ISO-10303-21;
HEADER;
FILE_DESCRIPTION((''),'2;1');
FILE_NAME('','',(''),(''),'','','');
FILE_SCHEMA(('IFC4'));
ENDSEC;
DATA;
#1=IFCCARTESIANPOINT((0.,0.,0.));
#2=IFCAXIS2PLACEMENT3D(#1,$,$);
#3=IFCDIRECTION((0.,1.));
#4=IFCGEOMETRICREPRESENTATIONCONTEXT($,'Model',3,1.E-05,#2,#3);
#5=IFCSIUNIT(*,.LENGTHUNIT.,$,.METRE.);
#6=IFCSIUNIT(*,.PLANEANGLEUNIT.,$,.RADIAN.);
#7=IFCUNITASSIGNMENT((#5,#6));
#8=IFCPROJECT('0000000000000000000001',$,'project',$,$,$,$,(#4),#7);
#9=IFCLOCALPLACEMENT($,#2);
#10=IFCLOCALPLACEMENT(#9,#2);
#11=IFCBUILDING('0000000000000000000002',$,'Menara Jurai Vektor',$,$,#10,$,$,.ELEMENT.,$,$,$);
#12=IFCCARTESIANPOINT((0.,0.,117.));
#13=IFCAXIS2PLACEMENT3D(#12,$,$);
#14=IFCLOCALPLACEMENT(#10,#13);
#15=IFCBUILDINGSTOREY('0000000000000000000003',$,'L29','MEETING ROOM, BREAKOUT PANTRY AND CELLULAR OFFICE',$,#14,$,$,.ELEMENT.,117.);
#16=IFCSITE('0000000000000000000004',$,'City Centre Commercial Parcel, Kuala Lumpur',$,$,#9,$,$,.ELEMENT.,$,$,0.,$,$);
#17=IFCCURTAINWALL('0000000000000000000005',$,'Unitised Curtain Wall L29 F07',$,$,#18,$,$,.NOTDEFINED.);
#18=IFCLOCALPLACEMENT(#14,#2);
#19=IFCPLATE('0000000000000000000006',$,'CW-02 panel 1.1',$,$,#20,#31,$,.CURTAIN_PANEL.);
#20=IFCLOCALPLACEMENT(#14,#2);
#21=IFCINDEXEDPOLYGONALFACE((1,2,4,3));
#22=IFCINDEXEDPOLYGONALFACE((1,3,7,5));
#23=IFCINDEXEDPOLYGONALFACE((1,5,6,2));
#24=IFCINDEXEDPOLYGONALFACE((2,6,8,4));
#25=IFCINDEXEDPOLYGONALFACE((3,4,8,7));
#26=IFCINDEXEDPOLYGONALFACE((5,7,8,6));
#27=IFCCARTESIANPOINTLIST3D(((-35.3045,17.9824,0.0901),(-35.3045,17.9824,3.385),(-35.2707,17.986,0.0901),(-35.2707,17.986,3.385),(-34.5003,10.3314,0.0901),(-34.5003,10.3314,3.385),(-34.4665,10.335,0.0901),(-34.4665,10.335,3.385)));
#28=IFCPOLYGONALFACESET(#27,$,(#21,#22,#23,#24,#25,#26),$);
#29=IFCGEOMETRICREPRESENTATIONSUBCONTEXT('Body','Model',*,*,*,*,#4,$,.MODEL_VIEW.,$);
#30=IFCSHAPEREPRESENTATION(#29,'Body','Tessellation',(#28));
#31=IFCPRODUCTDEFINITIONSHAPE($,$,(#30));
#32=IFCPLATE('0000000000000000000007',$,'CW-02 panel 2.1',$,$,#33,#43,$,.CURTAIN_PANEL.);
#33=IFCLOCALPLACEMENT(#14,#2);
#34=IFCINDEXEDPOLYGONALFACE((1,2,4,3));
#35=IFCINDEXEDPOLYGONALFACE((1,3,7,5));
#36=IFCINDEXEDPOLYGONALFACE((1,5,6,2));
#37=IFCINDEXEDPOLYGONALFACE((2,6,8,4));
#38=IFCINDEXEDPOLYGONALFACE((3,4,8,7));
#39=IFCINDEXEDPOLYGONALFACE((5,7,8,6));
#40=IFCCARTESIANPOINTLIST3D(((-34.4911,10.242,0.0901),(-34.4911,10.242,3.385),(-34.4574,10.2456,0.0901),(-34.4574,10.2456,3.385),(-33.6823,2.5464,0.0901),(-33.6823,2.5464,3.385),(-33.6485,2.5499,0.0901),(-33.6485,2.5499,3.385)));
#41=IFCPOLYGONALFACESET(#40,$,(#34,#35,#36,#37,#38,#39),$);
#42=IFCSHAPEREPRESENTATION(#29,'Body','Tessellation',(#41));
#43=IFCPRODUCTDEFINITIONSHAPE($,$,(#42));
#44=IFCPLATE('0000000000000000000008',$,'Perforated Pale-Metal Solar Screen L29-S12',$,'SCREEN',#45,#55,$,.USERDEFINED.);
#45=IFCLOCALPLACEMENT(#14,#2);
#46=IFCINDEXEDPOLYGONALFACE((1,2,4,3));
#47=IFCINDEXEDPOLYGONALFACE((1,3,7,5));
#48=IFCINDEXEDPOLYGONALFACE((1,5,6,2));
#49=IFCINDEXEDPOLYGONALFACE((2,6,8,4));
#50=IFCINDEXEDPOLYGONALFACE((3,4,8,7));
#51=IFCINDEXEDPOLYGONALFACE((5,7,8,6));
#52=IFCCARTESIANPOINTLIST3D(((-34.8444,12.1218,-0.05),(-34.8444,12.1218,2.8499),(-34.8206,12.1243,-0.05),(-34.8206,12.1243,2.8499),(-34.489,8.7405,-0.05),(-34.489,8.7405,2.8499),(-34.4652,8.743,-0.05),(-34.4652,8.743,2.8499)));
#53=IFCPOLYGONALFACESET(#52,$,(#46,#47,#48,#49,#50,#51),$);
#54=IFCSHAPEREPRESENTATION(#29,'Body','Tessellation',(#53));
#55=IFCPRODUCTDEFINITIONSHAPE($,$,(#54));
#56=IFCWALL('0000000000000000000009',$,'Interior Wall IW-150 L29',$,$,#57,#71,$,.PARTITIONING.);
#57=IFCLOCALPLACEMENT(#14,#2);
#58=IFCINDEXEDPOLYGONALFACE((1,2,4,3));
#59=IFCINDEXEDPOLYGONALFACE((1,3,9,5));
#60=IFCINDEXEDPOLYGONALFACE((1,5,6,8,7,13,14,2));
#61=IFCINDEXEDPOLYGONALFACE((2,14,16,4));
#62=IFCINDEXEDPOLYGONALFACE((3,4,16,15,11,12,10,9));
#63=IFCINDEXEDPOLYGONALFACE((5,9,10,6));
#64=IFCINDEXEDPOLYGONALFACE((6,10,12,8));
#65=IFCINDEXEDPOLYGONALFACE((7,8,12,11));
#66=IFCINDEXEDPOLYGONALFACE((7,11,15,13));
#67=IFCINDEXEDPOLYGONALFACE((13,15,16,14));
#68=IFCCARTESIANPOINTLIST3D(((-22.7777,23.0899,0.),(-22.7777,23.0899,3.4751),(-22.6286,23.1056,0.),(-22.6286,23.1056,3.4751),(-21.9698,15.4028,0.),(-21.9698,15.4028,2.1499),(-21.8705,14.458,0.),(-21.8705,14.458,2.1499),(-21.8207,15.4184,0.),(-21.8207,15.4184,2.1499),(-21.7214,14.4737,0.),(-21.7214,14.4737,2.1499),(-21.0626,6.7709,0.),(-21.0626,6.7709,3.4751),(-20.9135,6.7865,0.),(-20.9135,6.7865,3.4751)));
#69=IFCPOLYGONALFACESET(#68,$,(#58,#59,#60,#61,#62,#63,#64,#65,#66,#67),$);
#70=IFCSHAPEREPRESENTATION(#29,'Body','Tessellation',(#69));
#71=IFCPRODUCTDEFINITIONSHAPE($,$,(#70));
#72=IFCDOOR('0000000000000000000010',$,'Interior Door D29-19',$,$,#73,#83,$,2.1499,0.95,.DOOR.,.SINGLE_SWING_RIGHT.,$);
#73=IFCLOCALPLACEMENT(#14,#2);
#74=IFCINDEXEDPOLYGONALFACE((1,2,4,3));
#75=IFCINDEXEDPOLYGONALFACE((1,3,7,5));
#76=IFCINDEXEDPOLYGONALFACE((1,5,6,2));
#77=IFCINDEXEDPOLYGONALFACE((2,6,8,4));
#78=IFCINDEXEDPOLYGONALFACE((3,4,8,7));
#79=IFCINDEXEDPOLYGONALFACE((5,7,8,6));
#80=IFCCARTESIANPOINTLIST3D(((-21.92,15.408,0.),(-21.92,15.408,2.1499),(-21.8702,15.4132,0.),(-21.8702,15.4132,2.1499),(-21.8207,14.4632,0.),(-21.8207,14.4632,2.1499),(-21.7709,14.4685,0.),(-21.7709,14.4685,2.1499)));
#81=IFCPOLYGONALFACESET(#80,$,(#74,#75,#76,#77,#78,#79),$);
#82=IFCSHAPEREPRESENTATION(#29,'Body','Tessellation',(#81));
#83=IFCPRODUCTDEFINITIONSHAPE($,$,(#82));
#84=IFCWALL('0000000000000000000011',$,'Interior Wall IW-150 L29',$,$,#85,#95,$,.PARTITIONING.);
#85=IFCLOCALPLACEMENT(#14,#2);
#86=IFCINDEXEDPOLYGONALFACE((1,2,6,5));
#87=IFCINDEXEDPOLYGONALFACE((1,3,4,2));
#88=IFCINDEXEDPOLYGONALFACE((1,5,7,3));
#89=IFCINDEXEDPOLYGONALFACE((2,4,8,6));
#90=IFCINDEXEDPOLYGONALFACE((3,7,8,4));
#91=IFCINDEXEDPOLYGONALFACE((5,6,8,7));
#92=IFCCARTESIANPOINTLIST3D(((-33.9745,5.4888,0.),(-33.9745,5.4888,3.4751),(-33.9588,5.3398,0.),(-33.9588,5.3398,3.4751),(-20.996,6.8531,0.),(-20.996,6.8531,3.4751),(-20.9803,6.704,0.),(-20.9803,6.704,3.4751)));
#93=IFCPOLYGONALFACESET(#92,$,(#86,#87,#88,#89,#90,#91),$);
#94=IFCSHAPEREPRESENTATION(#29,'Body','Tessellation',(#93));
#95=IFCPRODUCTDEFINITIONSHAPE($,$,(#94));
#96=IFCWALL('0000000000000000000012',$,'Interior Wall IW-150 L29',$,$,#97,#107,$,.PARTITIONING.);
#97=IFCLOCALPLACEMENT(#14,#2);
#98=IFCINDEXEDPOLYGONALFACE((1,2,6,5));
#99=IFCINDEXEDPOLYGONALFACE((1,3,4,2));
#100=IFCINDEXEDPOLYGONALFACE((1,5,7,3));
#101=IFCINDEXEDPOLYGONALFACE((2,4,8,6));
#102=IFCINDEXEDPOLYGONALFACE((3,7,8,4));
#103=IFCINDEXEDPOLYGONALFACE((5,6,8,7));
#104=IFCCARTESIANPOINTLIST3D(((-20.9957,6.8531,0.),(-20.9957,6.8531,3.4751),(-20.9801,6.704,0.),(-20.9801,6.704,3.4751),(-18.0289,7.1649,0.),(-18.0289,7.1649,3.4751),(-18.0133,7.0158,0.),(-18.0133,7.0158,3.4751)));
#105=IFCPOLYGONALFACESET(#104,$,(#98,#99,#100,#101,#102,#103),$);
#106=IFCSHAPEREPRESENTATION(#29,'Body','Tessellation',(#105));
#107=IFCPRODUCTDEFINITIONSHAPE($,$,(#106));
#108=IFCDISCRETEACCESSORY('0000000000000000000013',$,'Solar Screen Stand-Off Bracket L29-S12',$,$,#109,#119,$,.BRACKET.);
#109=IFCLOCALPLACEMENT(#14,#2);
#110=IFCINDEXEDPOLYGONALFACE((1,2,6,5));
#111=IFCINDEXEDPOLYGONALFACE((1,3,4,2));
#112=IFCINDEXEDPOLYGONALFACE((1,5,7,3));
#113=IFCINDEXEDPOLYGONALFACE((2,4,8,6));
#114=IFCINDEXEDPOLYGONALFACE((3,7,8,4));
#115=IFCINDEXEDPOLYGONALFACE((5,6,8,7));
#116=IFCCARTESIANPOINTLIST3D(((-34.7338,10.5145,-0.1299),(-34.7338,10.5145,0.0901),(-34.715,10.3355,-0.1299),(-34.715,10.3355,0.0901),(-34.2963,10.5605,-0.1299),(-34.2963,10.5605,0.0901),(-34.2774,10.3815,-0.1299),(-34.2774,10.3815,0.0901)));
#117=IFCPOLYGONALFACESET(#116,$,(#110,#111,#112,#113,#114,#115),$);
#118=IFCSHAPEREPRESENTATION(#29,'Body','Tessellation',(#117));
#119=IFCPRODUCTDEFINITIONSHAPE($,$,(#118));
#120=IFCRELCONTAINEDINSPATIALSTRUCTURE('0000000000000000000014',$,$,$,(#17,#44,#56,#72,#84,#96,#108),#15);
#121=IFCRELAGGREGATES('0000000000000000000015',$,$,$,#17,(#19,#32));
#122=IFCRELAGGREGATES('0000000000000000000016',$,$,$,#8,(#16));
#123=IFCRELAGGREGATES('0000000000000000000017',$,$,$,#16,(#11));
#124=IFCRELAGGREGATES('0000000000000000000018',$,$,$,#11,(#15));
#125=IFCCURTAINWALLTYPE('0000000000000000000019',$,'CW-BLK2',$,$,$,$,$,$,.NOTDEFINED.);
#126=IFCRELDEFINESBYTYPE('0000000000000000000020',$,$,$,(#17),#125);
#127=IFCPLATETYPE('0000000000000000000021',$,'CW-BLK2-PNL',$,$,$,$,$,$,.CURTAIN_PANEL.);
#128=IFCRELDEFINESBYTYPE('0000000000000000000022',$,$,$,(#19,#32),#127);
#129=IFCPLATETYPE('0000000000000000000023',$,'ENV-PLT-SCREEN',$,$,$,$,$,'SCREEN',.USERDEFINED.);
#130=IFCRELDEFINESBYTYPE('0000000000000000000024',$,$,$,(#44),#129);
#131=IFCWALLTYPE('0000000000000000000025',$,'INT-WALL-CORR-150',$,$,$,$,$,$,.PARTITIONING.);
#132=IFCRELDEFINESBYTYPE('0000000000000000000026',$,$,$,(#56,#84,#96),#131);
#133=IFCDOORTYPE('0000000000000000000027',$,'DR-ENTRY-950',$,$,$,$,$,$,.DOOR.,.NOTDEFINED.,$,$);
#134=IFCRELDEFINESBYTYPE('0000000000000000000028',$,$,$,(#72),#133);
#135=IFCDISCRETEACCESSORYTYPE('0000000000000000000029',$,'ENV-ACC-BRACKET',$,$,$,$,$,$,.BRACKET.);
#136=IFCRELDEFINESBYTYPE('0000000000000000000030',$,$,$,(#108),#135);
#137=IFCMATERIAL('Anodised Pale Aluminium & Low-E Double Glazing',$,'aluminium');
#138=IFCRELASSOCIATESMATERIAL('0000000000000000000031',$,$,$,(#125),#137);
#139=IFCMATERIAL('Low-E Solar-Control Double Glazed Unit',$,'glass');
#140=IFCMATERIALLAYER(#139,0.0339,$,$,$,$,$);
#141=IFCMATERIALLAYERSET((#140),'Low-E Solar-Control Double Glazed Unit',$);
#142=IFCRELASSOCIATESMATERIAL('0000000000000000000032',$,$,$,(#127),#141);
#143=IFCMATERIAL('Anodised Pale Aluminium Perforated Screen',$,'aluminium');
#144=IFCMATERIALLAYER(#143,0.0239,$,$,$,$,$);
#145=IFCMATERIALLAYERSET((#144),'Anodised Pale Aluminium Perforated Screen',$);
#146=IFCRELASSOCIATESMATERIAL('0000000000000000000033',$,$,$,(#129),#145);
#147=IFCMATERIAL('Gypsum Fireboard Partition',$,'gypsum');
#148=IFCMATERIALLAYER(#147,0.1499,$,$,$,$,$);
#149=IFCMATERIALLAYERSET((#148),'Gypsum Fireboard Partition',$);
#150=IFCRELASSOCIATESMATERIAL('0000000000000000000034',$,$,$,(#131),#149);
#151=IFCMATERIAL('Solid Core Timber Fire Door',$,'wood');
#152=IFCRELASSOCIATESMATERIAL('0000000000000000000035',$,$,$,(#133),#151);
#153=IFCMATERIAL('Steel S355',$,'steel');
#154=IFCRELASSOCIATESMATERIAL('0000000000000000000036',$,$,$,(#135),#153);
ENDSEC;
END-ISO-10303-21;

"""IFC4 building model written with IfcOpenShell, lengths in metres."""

from ifc_helpers import new_model, si_unit, direction, frame, frame_2d, origin, origin_2d, place, context, subcontext, project, spatial, rectangle, extrude, material, layer, layer_set, type_object, element, fill, aggregate, save


model = new_model("IFC4")

# Units and contexts
model_context = context("Model", 3, precision=1e-05, world=origin(), true_north=direction((0.0, 1.0)))
body_context = subcontext(model_context, "Body", "Model", "MODEL_VIEW")
ifc_project = project(units=[si_unit("LENGTHUNIT", "METRE"), si_unit("PLANEANGLEUNIT", "RADIAN")], contexts=[model_context])

# Site, building, storey
site_placement = place(None, origin())
site = spatial("IfcSite", under=ifc_project, at=site_placement, Name="City Centre Commercial Parcel, Kuala Lumpur", CompositionType="ELEMENT", RefElevation=0.0)
building_placement = place(site_placement, origin())
building = spatial("IfcBuilding", under=site, at=building_placement, Name="Menara Jurai Vektor", CompositionType="ELEMENT")
storey_placement = place(building_placement, frame((0.0, 0.0, 117.0)))
storey = spatial("IfcBuildingStorey", under=building, at=storey_placement, Name="L29", Description="MEETING ROOM, BREAKOUT PANTRY AND CELLULAR OFFICE", CompositionType="ELEMENT", Elevation=117.0)

# Curtain wall
ifc_material_1 = material(Name="Anodised Pale Aluminium & Low-E Double Glazing", Category="aluminium")
curtain_wall_type = type_object("IfcCurtainWallType", Name="CW-BLK2", PredefinedType="NOTDEFINED", material=ifc_material_1)
curtain_wall_placement = place(storey_placement, origin())
curtain_wall = element("IfcCurtainWall", 1, at=curtain_wall_placement, inside=storey, type_object=curtain_wall_type, Name="Unitised Curtain Wall L29 F07", PredefinedType="NOTDEFINED")

# Shared definitions
ifc_material_2 = material(Name="Steel S355", Category="steel")

# Plates
ifc_material_3 = material(Name="Low-E Solar-Control Double Glazed Unit", Category="glass")
ifc_layer_1 = layer(ifc_material_3, 0.0339)
ifc_layer_set_1 = layer_set([ifc_layer_1], Name="Low-E Solar-Control Double Glazed Unit")
plate_type_1 = type_object("IfcPlateType", Name="CW-BLK2-PNL", PredefinedType="CURTAIN_PANEL", material=ifc_layer_set_1)
plate_1_placement = place(storey_placement, frame((-34.8855, 14.1587, 0.0901), z_axis=(0.0, 0.0, 1.0), x_axis=(0.10453, -0.994522, 0.0)))
plate_1 = element("IfcPlate", 2, at=plate_1_placement, type_object=plate_type_1, Name="CW-02 panel 1.1", PredefinedType="CURTAIN_PANEL", context=body_context, shape_type="SweptSolid", body=[
    extrude(rectangle(XDim=7.6931, YDim=0.0339, at=origin_2d()), origin(), (0.0, 0.0, 1.0), 3.2949),
])
plate_2_placement = place(storey_placement, frame((-34.0698, 6.396, 0.0901), z_axis=(0.0, 0.0, 1.0), x_axis=(0.10453, -0.994522, 0.0)))
plate_2 = element("IfcPlate", 3, at=plate_2_placement, type_object=plate_type_1, Name="CW-02 panel 2.1", PredefinedType="CURTAIN_PANEL", context=body_context, shape_type="SweptSolid", body=[
    extrude(rectangle(XDim=7.738, YDim=0.0339, at=origin_2d()), origin(), (0.0, 0.0, 1.0), 3.2949),
])
aggregate(curtain_wall, [plate_1, plate_2])
ifc_material_4 = material(Name="Anodised Pale Aluminium Perforated Screen", Category="aluminium")
ifc_layer_2 = layer(ifc_material_4, 0.0239)
ifc_layer_set_2 = layer_set([ifc_layer_2], Name="Anodised Pale Aluminium Perforated Screen")
plate_type_2 = type_object("IfcPlateType", Name="ENV-PLT-SCREEN", ElementType="SCREEN", PredefinedType="USERDEFINED", material=ifc_layer_set_2)
plate_3_placement = place(storey_placement, frame((-34.6548, 10.4324, -0.05), z_axis=(0.0, 0.0, 1.0), x_axis=(0.104528, -0.994522, 0.0)))
element("IfcPlate", 4, at=plate_3_placement, inside=storey, type_object=plate_type_2, Name="Perforated Pale-Metal Solar Screen L29-S12", ObjectType="SCREEN", PredefinedType="USERDEFINED", context=body_context, shape_type="SweptSolid", body=[
    extrude(rectangle(XDim=3.3999, YDim=0.0239, at=origin_2d()), origin(), (0.0, 0.0, 1.0), 2.8999),
])

# Wall, opening, door
ifc_material_5 = material(Name="Gypsum Fireboard Partition", Category="gypsum")
ifc_layer_3 = layer(ifc_material_5, 0.1499)
ifc_layer_set_3 = layer_set([ifc_layer_3], Name="Gypsum Fireboard Partition")
wall_type = type_object("IfcWallType", Name="INT-WALL-CORR-150", PredefinedType="PARTITIONING", material=ifc_layer_set_3)
wall_1_placement = place(storey_placement, frame((-20.988, 6.7786, 0.0), z_axis=(0.0, 0.0, 1.0), x_axis=(-0.104521, 0.994523, 0.0)))
wall_1 = element("IfcWall", 5, at=wall_1_placement, inside=storey, type_object=wall_type, Name="Interior Wall IW-150 L29", PredefinedType="PARTITIONING", context=body_context, shape_type="SweptSolid", body=[
    extrude(rectangle(XDim=16.4089, YDim=0.1499, at=frame_2d((8.2046, 0.0))), origin(), (0.0, 0.0, 1.0), 3.4751),
])
opening_placement = place(wall_1_placement, frame((7.7295, 0.0, 0.0)))
opening = element("IfcOpeningElement", 6, at=opening_placement, cuts=wall_1, PredefinedType="OPENING", context=body_context, shape_type="SweptSolid", body=[
    extrude(rectangle(XDim=0.95, YDim=2.1499, at=frame_2d((0.4751, 1.075))), frame((0.0, 0.085, 0.0), z_axis=(0.0, -1.0, 0.0), x_axis=(1.0, 0.0, 0.0)), (0.0, 0.0, 1.0), 0.1699),
])
ifc_material_6 = material(Name="Solid Core Timber Fire Door", Category="wood")
door_type = type_object("IfcDoorType", Name="DR-ENTRY-950", OperationType="NOTDEFINED", PredefinedType="DOOR", material=ifc_material_6)
door_placement = place(opening_placement, origin())
door = element("IfcDoor", 7, at=door_placement, inside=storey, type_object=door_type, Name="Interior Door D29-19", OperationType="SINGLE_SWING_RIGHT", OverallHeight=2.1499, OverallWidth=0.95, PredefinedType="DOOR", context=body_context, shape_type="SweptSolid", body=[
    extrude(rectangle(XDim=0.95, YDim=2.1499, at=frame_2d((0.4751, 1.075))), frame((0.0, 0.0249, 0.0), z_axis=(0.0, -1.0, 0.0), x_axis=(1.0, 0.0, 0.0)), (0.0, 0.0, 1.0), 0.05),
])
fill(opening, door)

# Walls
wall_2_placement = place(storey_placement, frame((-33.9666, 5.4143, 0.0), z_axis=(0.0, 0.0, 1.0), x_axis=(0.994521, 0.104541, 0.0)))
element("IfcWall", 8, at=wall_2_placement, inside=storey, type_object=wall_type, Name="Interior Wall IW-150 L29", PredefinedType="PARTITIONING", context=body_context, shape_type="SweptSolid", body=[
    extrude(rectangle(XDim=13.05, YDim=0.1499, at=frame_2d((6.5249, 0.0))), origin(), (0.0, 0.0, 1.0), 3.4751),
])
wall_3_placement = place(storey_placement, frame((-20.988, 6.7786, 0.0), z_axis=(0.0, 0.0, 1.0), x_axis=(0.994524, 0.10451, 0.0)))
element("IfcWall", 9, at=wall_3_placement, inside=storey, type_object=wall_type, Name="Interior Wall IW-150 L29", PredefinedType="PARTITIONING", context=body_context, shape_type="SweptSolid", body=[
    extrude(rectangle(XDim=2.9832, YDim=0.1499, at=frame_2d((1.4917, 0.0))), origin(), (0.0, 0.0, 1.0), 3.4751),
])

# Discrete accessory
discrete_accessory_type = type_object("IfcDiscreteAccessoryType", Name="ENV-ACC-BRACKET", PredefinedType="BRACKET", material=ifc_material_2)
discrete_accessory_placement = place(storey_placement, frame((-34.5056, 10.448, -0.1299), z_axis=(0.0, 0.0, 1.0), x_axis=(0.104528, -0.994522, 0.0)))
element("IfcDiscreteAccessory", 10, at=discrete_accessory_placement, inside=storey, type_object=discrete_accessory_type, Name="Solar Screen Stand-Off Bracket L29-S12", PredefinedType="BRACKET", context=body_context, shape_type="SweptSolid", body=[
    extrude(rectangle(XDim=0.1799, YDim=0.4399, at=origin_2d()), origin(), (0.0, 0.0, 1.0), 0.22),
])

save(model, "model.ifc")
